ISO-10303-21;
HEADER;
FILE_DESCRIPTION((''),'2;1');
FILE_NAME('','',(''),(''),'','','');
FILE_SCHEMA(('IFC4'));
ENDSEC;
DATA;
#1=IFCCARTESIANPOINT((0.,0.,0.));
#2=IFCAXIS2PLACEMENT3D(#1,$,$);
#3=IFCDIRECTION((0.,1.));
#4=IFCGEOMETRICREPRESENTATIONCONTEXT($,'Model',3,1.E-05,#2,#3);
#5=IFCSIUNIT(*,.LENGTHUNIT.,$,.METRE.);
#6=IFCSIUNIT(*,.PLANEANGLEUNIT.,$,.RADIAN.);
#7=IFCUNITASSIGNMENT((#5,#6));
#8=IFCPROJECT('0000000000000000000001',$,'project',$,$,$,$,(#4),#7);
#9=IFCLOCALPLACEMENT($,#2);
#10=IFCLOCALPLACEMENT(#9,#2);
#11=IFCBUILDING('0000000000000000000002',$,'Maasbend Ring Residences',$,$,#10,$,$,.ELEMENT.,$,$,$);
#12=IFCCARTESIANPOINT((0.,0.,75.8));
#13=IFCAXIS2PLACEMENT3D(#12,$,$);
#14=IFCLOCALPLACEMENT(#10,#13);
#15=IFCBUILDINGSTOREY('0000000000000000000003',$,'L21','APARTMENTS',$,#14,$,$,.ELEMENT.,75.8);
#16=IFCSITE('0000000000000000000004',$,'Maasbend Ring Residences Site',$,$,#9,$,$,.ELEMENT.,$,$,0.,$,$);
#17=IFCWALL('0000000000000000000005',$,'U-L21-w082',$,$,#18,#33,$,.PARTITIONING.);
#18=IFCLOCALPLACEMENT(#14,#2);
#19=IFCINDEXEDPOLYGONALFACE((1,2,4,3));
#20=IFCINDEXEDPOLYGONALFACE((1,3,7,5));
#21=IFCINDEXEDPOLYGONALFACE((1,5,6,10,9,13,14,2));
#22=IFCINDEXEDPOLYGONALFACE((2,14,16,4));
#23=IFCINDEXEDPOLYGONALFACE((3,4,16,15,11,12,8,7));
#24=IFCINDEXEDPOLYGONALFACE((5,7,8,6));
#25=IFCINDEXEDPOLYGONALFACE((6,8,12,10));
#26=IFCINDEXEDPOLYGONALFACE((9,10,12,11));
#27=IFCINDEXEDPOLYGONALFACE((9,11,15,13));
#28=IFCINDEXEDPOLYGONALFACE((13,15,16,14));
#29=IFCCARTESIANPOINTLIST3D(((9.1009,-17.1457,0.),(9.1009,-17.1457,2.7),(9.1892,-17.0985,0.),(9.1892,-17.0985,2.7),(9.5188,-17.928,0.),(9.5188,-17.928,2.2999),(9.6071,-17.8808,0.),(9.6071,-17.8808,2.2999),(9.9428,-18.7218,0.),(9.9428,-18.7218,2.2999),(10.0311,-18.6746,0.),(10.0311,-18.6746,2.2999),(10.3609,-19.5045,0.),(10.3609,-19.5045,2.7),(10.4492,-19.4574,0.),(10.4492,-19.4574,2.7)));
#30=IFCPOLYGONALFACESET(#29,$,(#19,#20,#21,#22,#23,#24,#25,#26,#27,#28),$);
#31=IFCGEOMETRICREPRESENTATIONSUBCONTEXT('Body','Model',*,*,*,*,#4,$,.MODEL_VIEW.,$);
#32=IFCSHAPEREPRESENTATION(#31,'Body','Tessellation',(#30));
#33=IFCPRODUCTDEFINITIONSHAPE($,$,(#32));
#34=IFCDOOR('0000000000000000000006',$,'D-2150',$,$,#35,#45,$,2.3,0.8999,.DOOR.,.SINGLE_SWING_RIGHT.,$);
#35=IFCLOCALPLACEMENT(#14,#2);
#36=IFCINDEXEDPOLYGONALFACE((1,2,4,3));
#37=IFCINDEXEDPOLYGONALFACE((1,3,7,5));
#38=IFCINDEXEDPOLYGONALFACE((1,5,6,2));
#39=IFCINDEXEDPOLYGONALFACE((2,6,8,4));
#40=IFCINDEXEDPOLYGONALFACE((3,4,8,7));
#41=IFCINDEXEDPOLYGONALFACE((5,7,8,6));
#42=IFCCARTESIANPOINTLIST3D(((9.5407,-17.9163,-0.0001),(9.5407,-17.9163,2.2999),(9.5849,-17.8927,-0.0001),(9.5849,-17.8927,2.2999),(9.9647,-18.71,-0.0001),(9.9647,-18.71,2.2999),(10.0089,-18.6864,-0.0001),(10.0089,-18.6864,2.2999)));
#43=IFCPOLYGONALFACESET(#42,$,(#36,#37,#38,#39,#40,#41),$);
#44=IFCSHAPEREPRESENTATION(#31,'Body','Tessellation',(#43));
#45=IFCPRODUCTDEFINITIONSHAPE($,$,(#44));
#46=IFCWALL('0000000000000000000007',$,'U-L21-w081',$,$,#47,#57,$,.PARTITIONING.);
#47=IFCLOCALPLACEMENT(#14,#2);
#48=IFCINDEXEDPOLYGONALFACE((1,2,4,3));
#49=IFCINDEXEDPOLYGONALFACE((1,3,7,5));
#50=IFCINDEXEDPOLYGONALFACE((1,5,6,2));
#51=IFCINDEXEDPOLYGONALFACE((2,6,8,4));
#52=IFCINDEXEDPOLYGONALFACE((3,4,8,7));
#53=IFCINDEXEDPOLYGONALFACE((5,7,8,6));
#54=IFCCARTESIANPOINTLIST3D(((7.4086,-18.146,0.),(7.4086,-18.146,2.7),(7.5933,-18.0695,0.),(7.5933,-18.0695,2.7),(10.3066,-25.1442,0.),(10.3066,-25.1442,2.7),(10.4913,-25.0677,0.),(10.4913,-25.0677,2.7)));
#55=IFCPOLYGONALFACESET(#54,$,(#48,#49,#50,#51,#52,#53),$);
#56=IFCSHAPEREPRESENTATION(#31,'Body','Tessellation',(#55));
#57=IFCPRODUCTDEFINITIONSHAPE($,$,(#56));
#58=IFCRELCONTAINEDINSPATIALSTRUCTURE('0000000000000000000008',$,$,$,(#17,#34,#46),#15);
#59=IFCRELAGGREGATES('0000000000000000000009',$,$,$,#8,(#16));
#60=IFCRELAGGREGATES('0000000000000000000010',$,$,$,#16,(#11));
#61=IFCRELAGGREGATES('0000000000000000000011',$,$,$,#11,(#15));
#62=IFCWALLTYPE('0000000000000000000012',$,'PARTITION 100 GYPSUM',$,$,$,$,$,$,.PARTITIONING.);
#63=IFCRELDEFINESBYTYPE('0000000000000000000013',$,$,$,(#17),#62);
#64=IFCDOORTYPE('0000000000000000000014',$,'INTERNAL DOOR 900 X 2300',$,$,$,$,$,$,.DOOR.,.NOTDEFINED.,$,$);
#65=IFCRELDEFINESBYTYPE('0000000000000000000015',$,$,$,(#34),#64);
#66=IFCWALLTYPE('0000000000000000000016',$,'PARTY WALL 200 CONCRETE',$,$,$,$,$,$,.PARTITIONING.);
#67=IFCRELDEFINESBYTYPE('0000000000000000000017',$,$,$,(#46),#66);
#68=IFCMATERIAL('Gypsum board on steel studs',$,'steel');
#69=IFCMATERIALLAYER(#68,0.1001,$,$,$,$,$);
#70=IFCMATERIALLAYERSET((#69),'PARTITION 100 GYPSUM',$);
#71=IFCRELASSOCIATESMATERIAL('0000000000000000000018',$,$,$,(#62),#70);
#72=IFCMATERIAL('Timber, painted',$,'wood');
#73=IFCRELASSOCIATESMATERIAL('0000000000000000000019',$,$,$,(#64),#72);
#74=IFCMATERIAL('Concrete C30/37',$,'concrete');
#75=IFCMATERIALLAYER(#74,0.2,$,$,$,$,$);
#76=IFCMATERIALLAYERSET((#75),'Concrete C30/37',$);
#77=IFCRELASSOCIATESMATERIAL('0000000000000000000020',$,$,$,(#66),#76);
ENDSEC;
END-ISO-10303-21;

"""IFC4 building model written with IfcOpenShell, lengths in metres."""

from ifc_helpers import new_model, si_unit, direction, frame, frame_2d, origin, place, context, subcontext, project, spatial, rectangle, extrude, material, layer, layer_set, type_object, element, fill, save


model = new_model("IFC4")

# Units and contexts
model_context = context("Model", 3, precision=1e-05, world=origin(), true_north=direction((0.0, 1.0)))
body_context = subcontext(model_context, "Body", "Model", "MODEL_VIEW")
ifc_project = project(units=[si_unit("LENGTHUNIT", "METRE"), si_unit("PLANEANGLEUNIT", "RADIAN")], contexts=[model_context])

# Site, building, storey
site_placement = place(None, origin())
site = spatial("IfcSite", under=ifc_project, at=site_placement, Name="Maasbend Ring Residences Site", CompositionType="ELEMENT", RefElevation=0.0)
building_placement = place(site_placement, origin())
building = spatial("IfcBuilding", under=site, at=building_placement, Name="Maasbend Ring Residences", CompositionType="ELEMENT")
storey_placement = place(building_placement, frame((0.0, 0.0, 75.8)))
storey = spatial("IfcBuildingStorey", under=building, at=storey_placement, Name="L21", Description="APARTMENTS", CompositionType="ELEMENT", Elevation=75.8)

# Shared definitions
ifc_material_1 = material(Name="Gypsum board on steel studs", Category="steel")
ifc_layer_1 = layer(ifc_material_1, 0.1001)
ifc_layer_set_1 = layer_set([ifc_layer_1], Name="PARTITION 100 GYPSUM")
wall_type_1 = type_object("IfcWallType", Name="PARTITION 100 GYPSUM", PredefinedType="PARTITIONING", material=ifc_layer_set_1)
ifc_material_2 = material(Name="Timber, painted", Category="wood")
door_type_1 = type_object("IfcDoorType", Name="INTERNAL DOOR 900 X 2300", OperationType="NOTDEFINED", PredefinedType="DOOR", material=ifc_material_2)

# Wall, opening, door
wall_1_placement = place(storey_placement, frame((9.145, -17.1221, 0.0), z_axis=(0.0, 0.0, 1.0), x_axis=(0.471152, -0.882052, 0.0)))
wall_1 = element("IfcWall", 1, at=wall_1_placement, inside=storey, type_object=wall_type_1, Name="U-L21-w082", PredefinedType="PARTITIONING", context=body_context, shape_type="SweptSolid", body=[
    extrude(rectangle(XDim=2.6743, YDim=0.1001, at=frame_2d((1.3372, 0.0))), origin(), (0.0, 0.0, 1.0), 2.7),
])
opening_1_placement = place(wall_1_placement, frame((0.887, 0.0, 0.0)))
opening_1 = element("IfcOpeningElement", 2, at=opening_1_placement, cuts=wall_1, PredefinedType="OPENING", context=body_context, shape_type="SweptSolid", body=[
    extrude(rectangle(XDim=0.8999, YDim=2.3, at=frame_2d((0.45, 1.1499))), frame((0.0, 0.0601, 0.0), z_axis=(0.0, -1.0, 0.0), x_axis=(1.0, 0.0, 0.0)), (0.0, 0.0, 1.0), 0.1201),
])
door_1_placement = place(opening_1_placement, origin())
door_1 = element("IfcDoor", 3, at=door_1_placement, inside=storey, type_object=door_type_1, Name="D-2150", OperationType="SINGLE_SWING_RIGHT", OverallHeight=2.3, OverallWidth=0.8999, PredefinedType="DOOR", context=body_context, shape_type="SweptSolid", body=[
    extrude(rectangle(XDim=0.8999, YDim=2.3, at=frame_2d((0.45, 1.1499))), frame((0.0, 0.0249, 0.0), z_axis=(0.0, -1.0, 0.0), x_axis=(1.0, 0.0, 0.0)), (0.0, 0.0, 1.0), 0.05),
])
fill(opening_1, door_1)

# Wall
ifc_material_3 = material(Name="Concrete C30/37", Category="concrete")
ifc_layer_2 = layer(ifc_material_3, 0.2)
ifc_layer_set_2 = layer_set([ifc_layer_2], Name="Concrete C30/37")
wall_type_2 = type_object("IfcWallType", Name="PARTY WALL 200 CONCRETE", PredefinedType="PARTITIONING", material=ifc_layer_set_2)
wall_2_placement = place(storey_placement, frame((7.501, -18.1079, 0.0), z_axis=(0.0, 0.0, 1.0), x_axis=(0.3826, -0.923914, 0.0)))
element("IfcWall", 4, at=wall_2_placement, inside=storey, type_object=wall_type_2, Name="U-L21-w081", PredefinedType="PARTITIONING", context=body_context, shape_type="SweptSolid", body=[
    extrude(rectangle(XDim=7.5745, YDim=0.2, at=frame_2d((3.7871, 0.0))), origin(), (0.0, 0.0, 1.0), 2.7),
])

save(model, "model.ifc")
